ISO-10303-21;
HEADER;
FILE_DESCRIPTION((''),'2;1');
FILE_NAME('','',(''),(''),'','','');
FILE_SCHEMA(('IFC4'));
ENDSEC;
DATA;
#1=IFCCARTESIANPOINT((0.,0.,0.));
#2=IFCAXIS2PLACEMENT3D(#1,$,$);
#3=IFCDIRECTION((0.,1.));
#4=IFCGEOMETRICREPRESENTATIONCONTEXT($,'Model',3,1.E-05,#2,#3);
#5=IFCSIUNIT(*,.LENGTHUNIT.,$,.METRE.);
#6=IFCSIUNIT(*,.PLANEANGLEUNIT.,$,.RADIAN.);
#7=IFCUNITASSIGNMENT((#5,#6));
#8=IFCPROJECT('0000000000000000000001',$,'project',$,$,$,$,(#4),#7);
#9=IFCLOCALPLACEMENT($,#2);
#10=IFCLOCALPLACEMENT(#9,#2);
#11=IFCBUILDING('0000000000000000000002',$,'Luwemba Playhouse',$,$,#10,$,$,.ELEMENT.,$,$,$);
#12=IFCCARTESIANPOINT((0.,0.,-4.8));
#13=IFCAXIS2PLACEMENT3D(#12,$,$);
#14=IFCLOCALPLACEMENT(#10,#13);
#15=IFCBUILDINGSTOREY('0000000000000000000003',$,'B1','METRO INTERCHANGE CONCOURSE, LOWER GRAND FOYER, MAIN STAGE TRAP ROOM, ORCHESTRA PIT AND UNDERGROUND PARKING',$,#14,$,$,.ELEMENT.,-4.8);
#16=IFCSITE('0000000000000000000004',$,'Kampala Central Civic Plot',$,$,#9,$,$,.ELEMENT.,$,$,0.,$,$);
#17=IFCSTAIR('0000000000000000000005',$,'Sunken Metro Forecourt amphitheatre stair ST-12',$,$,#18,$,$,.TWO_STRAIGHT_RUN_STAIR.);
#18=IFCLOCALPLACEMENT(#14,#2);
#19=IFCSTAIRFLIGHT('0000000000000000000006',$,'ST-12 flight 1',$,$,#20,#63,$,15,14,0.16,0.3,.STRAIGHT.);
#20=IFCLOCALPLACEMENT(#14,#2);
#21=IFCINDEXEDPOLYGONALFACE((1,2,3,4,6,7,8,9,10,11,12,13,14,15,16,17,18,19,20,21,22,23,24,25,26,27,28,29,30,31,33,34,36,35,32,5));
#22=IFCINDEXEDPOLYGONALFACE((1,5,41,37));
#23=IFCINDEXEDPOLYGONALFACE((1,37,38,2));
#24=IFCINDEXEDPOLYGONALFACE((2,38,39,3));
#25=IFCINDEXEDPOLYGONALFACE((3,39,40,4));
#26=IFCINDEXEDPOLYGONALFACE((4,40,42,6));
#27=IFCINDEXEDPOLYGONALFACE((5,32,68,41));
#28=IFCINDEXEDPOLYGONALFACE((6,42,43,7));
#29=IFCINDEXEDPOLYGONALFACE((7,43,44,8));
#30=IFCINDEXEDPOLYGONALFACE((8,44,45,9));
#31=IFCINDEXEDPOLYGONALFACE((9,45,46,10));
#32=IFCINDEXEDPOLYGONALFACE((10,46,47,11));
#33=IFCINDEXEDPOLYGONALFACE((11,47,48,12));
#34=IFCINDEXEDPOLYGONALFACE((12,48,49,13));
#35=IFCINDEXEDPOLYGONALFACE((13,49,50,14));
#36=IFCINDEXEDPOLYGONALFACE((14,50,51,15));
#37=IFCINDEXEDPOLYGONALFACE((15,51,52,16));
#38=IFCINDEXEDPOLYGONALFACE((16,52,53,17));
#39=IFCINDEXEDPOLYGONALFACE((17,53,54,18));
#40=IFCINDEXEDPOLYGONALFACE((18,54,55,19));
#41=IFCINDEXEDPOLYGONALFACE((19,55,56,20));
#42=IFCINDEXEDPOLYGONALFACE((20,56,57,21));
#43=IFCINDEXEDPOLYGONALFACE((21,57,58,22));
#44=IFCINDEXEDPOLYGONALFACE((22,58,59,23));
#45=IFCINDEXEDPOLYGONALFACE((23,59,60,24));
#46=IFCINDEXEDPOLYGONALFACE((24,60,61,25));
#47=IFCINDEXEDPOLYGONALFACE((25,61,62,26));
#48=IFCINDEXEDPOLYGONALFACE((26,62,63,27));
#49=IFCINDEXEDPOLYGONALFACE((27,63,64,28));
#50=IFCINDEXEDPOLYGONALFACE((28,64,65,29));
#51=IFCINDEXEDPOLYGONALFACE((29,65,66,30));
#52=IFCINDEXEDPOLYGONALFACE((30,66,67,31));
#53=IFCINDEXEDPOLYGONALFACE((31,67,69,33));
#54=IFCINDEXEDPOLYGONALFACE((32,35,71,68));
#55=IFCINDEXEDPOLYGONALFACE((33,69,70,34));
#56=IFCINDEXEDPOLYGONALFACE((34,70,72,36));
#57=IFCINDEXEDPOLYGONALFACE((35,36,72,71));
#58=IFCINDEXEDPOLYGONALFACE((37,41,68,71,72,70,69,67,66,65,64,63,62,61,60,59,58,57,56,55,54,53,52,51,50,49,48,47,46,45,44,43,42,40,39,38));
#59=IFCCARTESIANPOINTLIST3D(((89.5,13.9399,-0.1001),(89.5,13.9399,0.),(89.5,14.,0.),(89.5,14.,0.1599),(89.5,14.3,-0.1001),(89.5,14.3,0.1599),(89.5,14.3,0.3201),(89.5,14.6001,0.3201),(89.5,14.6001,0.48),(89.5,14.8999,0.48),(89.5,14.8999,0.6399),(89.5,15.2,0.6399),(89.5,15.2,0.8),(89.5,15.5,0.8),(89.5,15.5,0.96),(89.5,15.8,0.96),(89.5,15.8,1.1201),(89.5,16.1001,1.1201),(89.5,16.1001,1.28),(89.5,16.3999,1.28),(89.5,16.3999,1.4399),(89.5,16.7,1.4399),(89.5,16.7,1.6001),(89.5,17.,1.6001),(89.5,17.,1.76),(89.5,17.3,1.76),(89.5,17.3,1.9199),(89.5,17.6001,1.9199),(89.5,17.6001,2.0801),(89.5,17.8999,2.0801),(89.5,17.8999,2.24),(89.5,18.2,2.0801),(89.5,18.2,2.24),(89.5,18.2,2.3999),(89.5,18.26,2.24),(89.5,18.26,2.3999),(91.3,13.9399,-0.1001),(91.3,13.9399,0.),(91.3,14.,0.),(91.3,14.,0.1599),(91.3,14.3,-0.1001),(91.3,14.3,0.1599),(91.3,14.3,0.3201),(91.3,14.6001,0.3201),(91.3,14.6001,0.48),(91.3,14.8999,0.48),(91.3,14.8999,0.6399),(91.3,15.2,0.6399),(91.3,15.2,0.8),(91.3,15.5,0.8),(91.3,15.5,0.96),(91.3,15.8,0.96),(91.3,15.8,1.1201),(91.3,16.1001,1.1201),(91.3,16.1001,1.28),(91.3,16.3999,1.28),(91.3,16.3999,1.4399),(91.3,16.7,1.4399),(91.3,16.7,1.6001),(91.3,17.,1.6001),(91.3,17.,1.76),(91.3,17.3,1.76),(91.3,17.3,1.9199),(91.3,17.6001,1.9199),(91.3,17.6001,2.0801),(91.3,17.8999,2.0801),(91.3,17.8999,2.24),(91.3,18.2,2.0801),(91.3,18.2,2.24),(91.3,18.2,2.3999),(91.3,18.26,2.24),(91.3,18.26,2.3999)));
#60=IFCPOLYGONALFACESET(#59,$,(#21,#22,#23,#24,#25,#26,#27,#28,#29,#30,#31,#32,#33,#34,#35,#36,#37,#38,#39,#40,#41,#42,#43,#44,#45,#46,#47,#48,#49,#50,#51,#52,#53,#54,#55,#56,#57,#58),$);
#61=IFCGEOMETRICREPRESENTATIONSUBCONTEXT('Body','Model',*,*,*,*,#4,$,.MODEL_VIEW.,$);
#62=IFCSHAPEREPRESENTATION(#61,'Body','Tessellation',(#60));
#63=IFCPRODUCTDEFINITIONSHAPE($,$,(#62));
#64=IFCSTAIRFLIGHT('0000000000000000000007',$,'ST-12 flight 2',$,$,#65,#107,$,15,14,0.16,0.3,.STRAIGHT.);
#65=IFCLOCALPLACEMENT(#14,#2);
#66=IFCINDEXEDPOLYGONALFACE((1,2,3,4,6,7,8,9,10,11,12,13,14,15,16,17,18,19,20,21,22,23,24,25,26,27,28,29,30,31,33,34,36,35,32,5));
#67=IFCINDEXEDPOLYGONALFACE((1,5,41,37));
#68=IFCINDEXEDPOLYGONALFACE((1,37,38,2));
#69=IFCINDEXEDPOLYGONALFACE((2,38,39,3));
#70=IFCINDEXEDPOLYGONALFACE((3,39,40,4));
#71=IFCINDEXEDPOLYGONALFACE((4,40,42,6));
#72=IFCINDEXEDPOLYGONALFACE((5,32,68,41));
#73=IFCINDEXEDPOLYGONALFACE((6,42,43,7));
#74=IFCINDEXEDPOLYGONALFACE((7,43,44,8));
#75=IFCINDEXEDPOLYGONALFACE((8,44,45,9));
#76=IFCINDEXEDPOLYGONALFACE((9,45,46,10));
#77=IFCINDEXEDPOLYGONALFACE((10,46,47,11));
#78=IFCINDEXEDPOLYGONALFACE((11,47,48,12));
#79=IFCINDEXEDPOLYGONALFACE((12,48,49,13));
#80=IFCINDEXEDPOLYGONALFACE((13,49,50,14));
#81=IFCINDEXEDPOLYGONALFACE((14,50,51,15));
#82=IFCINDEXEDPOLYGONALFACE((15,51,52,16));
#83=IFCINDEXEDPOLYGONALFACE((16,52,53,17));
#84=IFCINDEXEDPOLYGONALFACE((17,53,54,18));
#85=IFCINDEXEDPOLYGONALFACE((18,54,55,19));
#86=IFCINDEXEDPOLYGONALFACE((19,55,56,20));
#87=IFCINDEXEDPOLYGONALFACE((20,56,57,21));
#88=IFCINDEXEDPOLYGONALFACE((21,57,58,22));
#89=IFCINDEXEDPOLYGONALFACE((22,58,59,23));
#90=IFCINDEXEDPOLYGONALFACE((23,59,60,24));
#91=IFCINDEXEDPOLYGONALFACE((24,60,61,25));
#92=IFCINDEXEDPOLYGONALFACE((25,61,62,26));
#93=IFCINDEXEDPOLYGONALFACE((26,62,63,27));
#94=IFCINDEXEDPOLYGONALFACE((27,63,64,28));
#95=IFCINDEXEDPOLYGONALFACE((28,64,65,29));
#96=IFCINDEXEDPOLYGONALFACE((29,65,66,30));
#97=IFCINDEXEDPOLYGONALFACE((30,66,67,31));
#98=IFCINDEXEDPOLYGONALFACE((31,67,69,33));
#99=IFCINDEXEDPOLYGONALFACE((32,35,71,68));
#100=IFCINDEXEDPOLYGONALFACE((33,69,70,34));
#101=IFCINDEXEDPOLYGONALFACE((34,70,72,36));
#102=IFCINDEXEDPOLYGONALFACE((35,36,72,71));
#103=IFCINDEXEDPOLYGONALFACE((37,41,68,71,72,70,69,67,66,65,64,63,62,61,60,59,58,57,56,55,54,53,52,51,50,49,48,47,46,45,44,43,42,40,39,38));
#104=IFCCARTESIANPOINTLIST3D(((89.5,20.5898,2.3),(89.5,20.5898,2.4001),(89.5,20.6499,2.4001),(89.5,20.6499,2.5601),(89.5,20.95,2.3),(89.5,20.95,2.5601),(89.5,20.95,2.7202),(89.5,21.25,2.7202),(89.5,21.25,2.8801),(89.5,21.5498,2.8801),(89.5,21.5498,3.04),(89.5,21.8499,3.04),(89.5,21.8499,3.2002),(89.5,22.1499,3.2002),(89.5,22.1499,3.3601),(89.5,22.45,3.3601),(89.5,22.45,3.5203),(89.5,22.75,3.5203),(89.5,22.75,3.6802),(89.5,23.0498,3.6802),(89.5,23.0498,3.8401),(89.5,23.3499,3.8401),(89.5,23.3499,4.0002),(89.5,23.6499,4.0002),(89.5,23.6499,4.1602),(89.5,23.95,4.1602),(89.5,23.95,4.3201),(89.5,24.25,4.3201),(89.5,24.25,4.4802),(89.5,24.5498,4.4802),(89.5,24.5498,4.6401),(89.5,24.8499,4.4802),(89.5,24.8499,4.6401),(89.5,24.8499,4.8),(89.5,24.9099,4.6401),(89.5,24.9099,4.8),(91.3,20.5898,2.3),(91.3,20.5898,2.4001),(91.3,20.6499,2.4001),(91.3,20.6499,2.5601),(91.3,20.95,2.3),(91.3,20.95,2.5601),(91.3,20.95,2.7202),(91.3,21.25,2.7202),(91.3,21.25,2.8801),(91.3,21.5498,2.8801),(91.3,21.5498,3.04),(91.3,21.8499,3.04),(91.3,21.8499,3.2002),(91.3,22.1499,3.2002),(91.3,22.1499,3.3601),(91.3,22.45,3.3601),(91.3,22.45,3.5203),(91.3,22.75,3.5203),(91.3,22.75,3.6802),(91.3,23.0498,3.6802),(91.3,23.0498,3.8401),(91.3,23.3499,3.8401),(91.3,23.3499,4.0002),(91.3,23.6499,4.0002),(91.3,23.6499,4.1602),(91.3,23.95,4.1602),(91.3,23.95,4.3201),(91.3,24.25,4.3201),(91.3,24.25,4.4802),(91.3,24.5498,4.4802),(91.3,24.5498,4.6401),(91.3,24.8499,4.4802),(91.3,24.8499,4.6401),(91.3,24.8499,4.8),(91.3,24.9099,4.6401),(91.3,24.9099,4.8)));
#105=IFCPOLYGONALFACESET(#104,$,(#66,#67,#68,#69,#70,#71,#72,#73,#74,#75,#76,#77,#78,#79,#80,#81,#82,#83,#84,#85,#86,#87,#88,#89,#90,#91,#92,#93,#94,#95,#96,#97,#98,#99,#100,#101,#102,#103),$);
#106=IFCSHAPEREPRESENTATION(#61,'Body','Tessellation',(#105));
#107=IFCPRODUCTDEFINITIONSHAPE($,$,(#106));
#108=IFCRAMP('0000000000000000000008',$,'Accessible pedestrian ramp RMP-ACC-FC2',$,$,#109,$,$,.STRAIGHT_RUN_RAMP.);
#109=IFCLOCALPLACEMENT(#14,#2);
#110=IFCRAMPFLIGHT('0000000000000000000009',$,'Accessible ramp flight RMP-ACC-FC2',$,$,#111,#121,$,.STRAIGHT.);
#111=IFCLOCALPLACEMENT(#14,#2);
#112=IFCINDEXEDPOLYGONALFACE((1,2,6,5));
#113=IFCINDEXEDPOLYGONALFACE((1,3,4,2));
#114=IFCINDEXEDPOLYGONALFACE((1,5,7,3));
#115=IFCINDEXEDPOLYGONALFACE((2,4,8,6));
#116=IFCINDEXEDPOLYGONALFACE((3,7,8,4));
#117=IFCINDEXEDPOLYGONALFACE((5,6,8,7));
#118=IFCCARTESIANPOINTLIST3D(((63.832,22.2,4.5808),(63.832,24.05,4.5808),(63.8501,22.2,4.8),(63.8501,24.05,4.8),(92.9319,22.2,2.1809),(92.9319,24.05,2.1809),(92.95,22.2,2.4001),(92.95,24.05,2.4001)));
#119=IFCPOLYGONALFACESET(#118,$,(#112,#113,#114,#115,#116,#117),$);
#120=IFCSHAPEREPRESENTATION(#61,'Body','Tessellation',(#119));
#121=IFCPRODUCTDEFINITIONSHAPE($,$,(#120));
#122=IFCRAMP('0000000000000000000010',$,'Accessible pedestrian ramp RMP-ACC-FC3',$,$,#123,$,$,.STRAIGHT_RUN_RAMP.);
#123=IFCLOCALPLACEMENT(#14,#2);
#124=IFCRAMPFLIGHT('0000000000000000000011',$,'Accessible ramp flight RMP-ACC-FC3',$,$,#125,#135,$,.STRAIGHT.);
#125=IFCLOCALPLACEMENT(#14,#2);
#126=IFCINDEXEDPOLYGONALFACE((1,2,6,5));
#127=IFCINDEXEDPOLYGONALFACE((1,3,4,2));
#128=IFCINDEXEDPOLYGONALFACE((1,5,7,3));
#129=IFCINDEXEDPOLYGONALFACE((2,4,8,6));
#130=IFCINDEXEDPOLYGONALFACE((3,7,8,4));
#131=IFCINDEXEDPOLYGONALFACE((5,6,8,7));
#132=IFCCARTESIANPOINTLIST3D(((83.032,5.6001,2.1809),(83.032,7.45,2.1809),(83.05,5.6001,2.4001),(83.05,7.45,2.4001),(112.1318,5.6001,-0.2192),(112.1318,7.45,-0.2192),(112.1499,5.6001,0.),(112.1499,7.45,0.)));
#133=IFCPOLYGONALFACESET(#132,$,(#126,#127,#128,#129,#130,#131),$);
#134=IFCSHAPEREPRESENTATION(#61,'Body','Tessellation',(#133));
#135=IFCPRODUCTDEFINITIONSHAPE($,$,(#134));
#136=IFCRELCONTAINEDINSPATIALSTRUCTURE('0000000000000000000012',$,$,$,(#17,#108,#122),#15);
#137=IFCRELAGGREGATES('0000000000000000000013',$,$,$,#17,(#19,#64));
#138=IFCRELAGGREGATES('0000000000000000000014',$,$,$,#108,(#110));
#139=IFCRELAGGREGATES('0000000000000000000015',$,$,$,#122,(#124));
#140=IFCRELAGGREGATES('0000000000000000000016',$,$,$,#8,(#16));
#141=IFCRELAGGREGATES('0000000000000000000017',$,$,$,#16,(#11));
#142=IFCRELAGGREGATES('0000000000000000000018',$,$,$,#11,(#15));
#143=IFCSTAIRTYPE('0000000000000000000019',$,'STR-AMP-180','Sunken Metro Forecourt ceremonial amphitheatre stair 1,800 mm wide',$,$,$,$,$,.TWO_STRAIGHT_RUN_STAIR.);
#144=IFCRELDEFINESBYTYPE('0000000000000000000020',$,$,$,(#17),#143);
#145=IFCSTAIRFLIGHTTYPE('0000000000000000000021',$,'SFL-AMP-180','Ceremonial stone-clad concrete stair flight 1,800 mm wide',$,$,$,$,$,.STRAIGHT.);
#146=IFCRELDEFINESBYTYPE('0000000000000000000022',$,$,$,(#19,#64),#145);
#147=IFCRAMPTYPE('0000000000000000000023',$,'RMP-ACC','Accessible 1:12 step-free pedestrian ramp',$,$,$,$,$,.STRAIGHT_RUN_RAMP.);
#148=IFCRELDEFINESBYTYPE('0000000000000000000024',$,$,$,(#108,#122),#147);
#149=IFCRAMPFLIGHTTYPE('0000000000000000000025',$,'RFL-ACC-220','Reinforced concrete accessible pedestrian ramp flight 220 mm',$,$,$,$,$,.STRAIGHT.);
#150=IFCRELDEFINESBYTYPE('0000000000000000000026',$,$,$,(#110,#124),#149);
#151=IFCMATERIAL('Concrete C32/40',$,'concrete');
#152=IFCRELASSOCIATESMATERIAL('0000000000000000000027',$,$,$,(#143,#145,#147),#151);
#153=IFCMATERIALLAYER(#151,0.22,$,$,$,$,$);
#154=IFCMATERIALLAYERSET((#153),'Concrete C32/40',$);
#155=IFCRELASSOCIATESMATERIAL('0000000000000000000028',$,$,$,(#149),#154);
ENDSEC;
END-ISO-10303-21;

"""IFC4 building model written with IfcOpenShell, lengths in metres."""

from ifc_helpers import new_model, si_unit, direction, frame, origin, place, context, subcontext, project, spatial, polyline, outline, extrude, material, layer, layer_set, type_object, element, aggregate, save


model = new_model("IFC4")

# Units and contexts
model_context = context("Model", 3, precision=1e-05, world=origin(), true_north=direction((0.0, 1.0)))
body_context = subcontext(model_context, "Body", "Model", "MODEL_VIEW")
ifc_project = project(units=[si_unit("LENGTHUNIT", "METRE"), si_unit("PLANEANGLEUNIT", "RADIAN")], contexts=[model_context])

# Site, building, storey
site_placement = place(None, origin())
site = spatial("IfcSite", under=ifc_project, at=site_placement, Name="Kampala Central Civic Plot", CompositionType="ELEMENT", RefElevation=0.0)
building_placement = place(site_placement, origin())
building = spatial("IfcBuilding", under=site, at=building_placement, Name="Luwemba Playhouse", CompositionType="ELEMENT")
storey_placement = place(building_placement, frame((0.0, 0.0, -4.8)))
storey = spatial("IfcBuildingStorey", under=building, at=storey_placement, Name="B1", Description="METRO INTERCHANGE CONCOURSE, LOWER GRAND FOYER, MAIN STAGE TRAP ROOM, ORCHESTRA PIT AND UNDERGROUND PARKING", CompositionType="ELEMENT", Elevation=-4.8)

# Shared definitions
ifc_material_1 = material(Name="Concrete C32/40", Category="concrete")

# Stair, stair flights
stair_type = type_object("IfcStairType", Name="STR-AMP-180", Description="Sunken Metro Forecourt ceremonial amphitheatre stair 1,800 mm wide", PredefinedType="TWO_STRAIGHT_RUN_STAIR", material=ifc_material_1)
stair_placement = place(storey_placement, origin())
stair = element("IfcStair", 1, at=stair_placement, inside=storey, type_object=stair_type, Name="Sunken Metro Forecourt amphitheatre stair ST-12", PredefinedType="TWO_STRAIGHT_RUN_STAIR")
stair_flight_type = type_object("IfcStairFlightType", Name="SFL-AMP-180", Description="Ceremonial stone-clad concrete stair flight 1,800 mm wide", PredefinedType="STRAIGHT", material=ifc_material_1)
stair_flight_1_placement = place(storey_placement, frame((90.3999, 14.0, 0.0), z_axis=(0.0, 0.0, 1.0), x_axis=(0.0, 1.0, 0.0)))
stair_flight_1 = element("IfcStairFlight", 2, at=stair_flight_1_placement, type_object=stair_flight_type, Name="ST-12 flight 1", NumberOfRisers=15, NumberOfTreads=14, PredefinedType="STRAIGHT", RiserHeight=0.16, TreadLength=0.3, context=body_context, shape_type="SweptSolid", body=[
    extrude(outline(polyline([(-0.0601, -0.1001), (-0.0601, 0.0), (0.0, 0.0), (0.0, 0.1599), (0.3, 0.1599), (0.3, 0.3201), (0.6001, 0.3201), (0.6001, 0.48), (0.8999, 0.48), (0.8999, 0.6399), (1.2, 0.6399), (1.2, 0.8), (1.5, 0.8), (1.5, 0.96), (1.8, 0.96), (1.8, 1.1201), (2.1001, 1.1201), (2.1001, 1.28), (2.3999, 1.28), (2.3999, 1.4399), (2.7, 1.4399), (2.7, 1.6001), (3.0, 1.6001), (3.0, 1.76), (3.3, 1.76), (3.3, 1.9199), (3.6001, 1.9199), (3.6001, 2.0801), (3.8999, 2.0801), (3.8999, 2.24), (4.2, 2.24), (4.2, 2.3999), (4.26, 2.3999), (4.26, 2.24), (4.2, 2.0801), (0.3, -0.1001), (-0.0601, -0.1001)])), frame((0.0, 0.8999, 0.0), z_axis=(0.0, -1.0, 0.0), x_axis=(1.0, 0.0, 0.0)), (0.0, 0.0, 1.0), 1.8),
])
stair_flight_2_placement = place(storey_placement, frame((90.3999, 20.6499, 2.4001), z_axis=(0.0, 0.0, 1.0), x_axis=(0.0, 1.0, 0.0)))
stair_flight_2 = element("IfcStairFlight", 3, at=stair_flight_2_placement, type_object=stair_flight_type, Name="ST-12 flight 2", NumberOfRisers=15, NumberOfTreads=14, PredefinedType="STRAIGHT", RiserHeight=0.16, TreadLength=0.3, context=body_context, shape_type="SweptSolid", body=[
    extrude(outline(polyline([(-0.0601, -0.1001), (-0.0601, 0.0), (0.0, 0.0), (0.0, 0.1599), (0.3, 0.1599), (0.3, 0.3201), (0.6001, 0.3201), (0.6001, 0.48), (0.8999, 0.48), (0.8999, 0.6399), (1.2, 0.6399), (1.2, 0.8), (1.5, 0.8), (1.5, 0.96), (1.8, 0.96), (1.8, 1.1201), (2.1001, 1.1201), (2.1001, 1.28), (2.3999, 1.28), (2.3999, 1.4399), (2.7, 1.4399), (2.7, 1.6001), (3.0, 1.6001), (3.0, 1.76), (3.3, 1.76), (3.3, 1.9199), (3.6001, 1.9199), (3.6001, 2.0801), (3.8999, 2.0801), (3.8999, 2.24), (4.2, 2.24), (4.2, 2.3999), (4.26, 2.3999), (4.26, 2.24), (4.2, 2.0801), (0.3, -0.1001), (-0.0601, -0.1001)])), frame((0.0, 0.8999, 0.0), z_axis=(0.0, -1.0, 0.0), x_axis=(1.0, 0.0, 0.0)), (0.0, 0.0, 1.0), 1.8),
])
aggregate(stair, [stair_flight_1, stair_flight_2])

# Ramps, ramp flights
ramp_type = type_object("IfcRampType", Name="RMP-ACC", Description="Accessible 1:12 step-free pedestrian ramp", PredefinedType="STRAIGHT_RUN_RAMP", material=ifc_material_1)
ramp_1_placement = place(storey_placement, origin())
ramp_1 = element("IfcRamp", 4, at=ramp_1_placement, inside=storey, type_object=ramp_type, Name="Accessible pedestrian ramp RMP-ACC-FC2", PredefinedType="STRAIGHT_RUN_RAMP")
ifc_layer_1 = layer(ifc_material_1, 0.22)
ifc_layer_set_1 = layer_set([ifc_layer_1], Name="Concrete C32/40")
ramp_flight_type = type_object("IfcRampFlightType", Name="RFL-ACC-220", Description="Reinforced concrete accessible pedestrian ramp flight 220 mm", PredefinedType="STRAIGHT", material=ifc_layer_set_1)
ramp_flight_1_placement = place(storey_placement, frame((92.95, 22.2, 2.4001), z_axis=(0.082192, 0.0, 0.996616), x_axis=(-0.996616, 0.0, 0.082192)))
ramp_flight_1 = element("IfcRampFlight", 5, at=ramp_flight_1_placement, type_object=ramp_flight_type, Name="Accessible ramp flight RMP-ACC-FC2", PredefinedType="STRAIGHT", context=body_context, shape_type="SweptSolid", body=[
    extrude(outline(polyline([(0.0, 0.0), (29.1986, 0.0), (29.1986, -1.8501), (0.0, -1.8501), (0.0, 0.0)])), origin(), (0.0, 0.0, -1.0), 0.22),
])
aggregate(ramp_1, [ramp_flight_1])
ramp_2_placement = place(storey_placement, origin())
ramp_2 = element("IfcRamp", 6, at=ramp_2_placement, inside=storey, type_object=ramp_type, Name="Accessible pedestrian ramp RMP-ACC-FC3", PredefinedType="STRAIGHT_RUN_RAMP")
ramp_flight_2_placement = place(storey_placement, frame((112.1499, 5.6001, 0.0), z_axis=(0.082201, 0.0, 0.996616), x_axis=(-0.996616, 0.0, 0.082201)))
ramp_flight_2 = element("IfcRampFlight", 7, at=ramp_flight_2_placement, type_object=ramp_flight_type, Name="Accessible ramp flight RMP-ACC-FC3", PredefinedType="STRAIGHT", context=body_context, shape_type="SweptSolid", body=[
    extrude(outline(polyline([(0.0, 0.0), (29.1987, 0.0), (29.1987, -1.8499), (0.0, -1.8499), (0.0, 0.0)])), origin(), (0.0, 0.0, -1.0), 0.22),
])
aggregate(ramp_2, [ramp_flight_2])

save(model, "model.ifc")
